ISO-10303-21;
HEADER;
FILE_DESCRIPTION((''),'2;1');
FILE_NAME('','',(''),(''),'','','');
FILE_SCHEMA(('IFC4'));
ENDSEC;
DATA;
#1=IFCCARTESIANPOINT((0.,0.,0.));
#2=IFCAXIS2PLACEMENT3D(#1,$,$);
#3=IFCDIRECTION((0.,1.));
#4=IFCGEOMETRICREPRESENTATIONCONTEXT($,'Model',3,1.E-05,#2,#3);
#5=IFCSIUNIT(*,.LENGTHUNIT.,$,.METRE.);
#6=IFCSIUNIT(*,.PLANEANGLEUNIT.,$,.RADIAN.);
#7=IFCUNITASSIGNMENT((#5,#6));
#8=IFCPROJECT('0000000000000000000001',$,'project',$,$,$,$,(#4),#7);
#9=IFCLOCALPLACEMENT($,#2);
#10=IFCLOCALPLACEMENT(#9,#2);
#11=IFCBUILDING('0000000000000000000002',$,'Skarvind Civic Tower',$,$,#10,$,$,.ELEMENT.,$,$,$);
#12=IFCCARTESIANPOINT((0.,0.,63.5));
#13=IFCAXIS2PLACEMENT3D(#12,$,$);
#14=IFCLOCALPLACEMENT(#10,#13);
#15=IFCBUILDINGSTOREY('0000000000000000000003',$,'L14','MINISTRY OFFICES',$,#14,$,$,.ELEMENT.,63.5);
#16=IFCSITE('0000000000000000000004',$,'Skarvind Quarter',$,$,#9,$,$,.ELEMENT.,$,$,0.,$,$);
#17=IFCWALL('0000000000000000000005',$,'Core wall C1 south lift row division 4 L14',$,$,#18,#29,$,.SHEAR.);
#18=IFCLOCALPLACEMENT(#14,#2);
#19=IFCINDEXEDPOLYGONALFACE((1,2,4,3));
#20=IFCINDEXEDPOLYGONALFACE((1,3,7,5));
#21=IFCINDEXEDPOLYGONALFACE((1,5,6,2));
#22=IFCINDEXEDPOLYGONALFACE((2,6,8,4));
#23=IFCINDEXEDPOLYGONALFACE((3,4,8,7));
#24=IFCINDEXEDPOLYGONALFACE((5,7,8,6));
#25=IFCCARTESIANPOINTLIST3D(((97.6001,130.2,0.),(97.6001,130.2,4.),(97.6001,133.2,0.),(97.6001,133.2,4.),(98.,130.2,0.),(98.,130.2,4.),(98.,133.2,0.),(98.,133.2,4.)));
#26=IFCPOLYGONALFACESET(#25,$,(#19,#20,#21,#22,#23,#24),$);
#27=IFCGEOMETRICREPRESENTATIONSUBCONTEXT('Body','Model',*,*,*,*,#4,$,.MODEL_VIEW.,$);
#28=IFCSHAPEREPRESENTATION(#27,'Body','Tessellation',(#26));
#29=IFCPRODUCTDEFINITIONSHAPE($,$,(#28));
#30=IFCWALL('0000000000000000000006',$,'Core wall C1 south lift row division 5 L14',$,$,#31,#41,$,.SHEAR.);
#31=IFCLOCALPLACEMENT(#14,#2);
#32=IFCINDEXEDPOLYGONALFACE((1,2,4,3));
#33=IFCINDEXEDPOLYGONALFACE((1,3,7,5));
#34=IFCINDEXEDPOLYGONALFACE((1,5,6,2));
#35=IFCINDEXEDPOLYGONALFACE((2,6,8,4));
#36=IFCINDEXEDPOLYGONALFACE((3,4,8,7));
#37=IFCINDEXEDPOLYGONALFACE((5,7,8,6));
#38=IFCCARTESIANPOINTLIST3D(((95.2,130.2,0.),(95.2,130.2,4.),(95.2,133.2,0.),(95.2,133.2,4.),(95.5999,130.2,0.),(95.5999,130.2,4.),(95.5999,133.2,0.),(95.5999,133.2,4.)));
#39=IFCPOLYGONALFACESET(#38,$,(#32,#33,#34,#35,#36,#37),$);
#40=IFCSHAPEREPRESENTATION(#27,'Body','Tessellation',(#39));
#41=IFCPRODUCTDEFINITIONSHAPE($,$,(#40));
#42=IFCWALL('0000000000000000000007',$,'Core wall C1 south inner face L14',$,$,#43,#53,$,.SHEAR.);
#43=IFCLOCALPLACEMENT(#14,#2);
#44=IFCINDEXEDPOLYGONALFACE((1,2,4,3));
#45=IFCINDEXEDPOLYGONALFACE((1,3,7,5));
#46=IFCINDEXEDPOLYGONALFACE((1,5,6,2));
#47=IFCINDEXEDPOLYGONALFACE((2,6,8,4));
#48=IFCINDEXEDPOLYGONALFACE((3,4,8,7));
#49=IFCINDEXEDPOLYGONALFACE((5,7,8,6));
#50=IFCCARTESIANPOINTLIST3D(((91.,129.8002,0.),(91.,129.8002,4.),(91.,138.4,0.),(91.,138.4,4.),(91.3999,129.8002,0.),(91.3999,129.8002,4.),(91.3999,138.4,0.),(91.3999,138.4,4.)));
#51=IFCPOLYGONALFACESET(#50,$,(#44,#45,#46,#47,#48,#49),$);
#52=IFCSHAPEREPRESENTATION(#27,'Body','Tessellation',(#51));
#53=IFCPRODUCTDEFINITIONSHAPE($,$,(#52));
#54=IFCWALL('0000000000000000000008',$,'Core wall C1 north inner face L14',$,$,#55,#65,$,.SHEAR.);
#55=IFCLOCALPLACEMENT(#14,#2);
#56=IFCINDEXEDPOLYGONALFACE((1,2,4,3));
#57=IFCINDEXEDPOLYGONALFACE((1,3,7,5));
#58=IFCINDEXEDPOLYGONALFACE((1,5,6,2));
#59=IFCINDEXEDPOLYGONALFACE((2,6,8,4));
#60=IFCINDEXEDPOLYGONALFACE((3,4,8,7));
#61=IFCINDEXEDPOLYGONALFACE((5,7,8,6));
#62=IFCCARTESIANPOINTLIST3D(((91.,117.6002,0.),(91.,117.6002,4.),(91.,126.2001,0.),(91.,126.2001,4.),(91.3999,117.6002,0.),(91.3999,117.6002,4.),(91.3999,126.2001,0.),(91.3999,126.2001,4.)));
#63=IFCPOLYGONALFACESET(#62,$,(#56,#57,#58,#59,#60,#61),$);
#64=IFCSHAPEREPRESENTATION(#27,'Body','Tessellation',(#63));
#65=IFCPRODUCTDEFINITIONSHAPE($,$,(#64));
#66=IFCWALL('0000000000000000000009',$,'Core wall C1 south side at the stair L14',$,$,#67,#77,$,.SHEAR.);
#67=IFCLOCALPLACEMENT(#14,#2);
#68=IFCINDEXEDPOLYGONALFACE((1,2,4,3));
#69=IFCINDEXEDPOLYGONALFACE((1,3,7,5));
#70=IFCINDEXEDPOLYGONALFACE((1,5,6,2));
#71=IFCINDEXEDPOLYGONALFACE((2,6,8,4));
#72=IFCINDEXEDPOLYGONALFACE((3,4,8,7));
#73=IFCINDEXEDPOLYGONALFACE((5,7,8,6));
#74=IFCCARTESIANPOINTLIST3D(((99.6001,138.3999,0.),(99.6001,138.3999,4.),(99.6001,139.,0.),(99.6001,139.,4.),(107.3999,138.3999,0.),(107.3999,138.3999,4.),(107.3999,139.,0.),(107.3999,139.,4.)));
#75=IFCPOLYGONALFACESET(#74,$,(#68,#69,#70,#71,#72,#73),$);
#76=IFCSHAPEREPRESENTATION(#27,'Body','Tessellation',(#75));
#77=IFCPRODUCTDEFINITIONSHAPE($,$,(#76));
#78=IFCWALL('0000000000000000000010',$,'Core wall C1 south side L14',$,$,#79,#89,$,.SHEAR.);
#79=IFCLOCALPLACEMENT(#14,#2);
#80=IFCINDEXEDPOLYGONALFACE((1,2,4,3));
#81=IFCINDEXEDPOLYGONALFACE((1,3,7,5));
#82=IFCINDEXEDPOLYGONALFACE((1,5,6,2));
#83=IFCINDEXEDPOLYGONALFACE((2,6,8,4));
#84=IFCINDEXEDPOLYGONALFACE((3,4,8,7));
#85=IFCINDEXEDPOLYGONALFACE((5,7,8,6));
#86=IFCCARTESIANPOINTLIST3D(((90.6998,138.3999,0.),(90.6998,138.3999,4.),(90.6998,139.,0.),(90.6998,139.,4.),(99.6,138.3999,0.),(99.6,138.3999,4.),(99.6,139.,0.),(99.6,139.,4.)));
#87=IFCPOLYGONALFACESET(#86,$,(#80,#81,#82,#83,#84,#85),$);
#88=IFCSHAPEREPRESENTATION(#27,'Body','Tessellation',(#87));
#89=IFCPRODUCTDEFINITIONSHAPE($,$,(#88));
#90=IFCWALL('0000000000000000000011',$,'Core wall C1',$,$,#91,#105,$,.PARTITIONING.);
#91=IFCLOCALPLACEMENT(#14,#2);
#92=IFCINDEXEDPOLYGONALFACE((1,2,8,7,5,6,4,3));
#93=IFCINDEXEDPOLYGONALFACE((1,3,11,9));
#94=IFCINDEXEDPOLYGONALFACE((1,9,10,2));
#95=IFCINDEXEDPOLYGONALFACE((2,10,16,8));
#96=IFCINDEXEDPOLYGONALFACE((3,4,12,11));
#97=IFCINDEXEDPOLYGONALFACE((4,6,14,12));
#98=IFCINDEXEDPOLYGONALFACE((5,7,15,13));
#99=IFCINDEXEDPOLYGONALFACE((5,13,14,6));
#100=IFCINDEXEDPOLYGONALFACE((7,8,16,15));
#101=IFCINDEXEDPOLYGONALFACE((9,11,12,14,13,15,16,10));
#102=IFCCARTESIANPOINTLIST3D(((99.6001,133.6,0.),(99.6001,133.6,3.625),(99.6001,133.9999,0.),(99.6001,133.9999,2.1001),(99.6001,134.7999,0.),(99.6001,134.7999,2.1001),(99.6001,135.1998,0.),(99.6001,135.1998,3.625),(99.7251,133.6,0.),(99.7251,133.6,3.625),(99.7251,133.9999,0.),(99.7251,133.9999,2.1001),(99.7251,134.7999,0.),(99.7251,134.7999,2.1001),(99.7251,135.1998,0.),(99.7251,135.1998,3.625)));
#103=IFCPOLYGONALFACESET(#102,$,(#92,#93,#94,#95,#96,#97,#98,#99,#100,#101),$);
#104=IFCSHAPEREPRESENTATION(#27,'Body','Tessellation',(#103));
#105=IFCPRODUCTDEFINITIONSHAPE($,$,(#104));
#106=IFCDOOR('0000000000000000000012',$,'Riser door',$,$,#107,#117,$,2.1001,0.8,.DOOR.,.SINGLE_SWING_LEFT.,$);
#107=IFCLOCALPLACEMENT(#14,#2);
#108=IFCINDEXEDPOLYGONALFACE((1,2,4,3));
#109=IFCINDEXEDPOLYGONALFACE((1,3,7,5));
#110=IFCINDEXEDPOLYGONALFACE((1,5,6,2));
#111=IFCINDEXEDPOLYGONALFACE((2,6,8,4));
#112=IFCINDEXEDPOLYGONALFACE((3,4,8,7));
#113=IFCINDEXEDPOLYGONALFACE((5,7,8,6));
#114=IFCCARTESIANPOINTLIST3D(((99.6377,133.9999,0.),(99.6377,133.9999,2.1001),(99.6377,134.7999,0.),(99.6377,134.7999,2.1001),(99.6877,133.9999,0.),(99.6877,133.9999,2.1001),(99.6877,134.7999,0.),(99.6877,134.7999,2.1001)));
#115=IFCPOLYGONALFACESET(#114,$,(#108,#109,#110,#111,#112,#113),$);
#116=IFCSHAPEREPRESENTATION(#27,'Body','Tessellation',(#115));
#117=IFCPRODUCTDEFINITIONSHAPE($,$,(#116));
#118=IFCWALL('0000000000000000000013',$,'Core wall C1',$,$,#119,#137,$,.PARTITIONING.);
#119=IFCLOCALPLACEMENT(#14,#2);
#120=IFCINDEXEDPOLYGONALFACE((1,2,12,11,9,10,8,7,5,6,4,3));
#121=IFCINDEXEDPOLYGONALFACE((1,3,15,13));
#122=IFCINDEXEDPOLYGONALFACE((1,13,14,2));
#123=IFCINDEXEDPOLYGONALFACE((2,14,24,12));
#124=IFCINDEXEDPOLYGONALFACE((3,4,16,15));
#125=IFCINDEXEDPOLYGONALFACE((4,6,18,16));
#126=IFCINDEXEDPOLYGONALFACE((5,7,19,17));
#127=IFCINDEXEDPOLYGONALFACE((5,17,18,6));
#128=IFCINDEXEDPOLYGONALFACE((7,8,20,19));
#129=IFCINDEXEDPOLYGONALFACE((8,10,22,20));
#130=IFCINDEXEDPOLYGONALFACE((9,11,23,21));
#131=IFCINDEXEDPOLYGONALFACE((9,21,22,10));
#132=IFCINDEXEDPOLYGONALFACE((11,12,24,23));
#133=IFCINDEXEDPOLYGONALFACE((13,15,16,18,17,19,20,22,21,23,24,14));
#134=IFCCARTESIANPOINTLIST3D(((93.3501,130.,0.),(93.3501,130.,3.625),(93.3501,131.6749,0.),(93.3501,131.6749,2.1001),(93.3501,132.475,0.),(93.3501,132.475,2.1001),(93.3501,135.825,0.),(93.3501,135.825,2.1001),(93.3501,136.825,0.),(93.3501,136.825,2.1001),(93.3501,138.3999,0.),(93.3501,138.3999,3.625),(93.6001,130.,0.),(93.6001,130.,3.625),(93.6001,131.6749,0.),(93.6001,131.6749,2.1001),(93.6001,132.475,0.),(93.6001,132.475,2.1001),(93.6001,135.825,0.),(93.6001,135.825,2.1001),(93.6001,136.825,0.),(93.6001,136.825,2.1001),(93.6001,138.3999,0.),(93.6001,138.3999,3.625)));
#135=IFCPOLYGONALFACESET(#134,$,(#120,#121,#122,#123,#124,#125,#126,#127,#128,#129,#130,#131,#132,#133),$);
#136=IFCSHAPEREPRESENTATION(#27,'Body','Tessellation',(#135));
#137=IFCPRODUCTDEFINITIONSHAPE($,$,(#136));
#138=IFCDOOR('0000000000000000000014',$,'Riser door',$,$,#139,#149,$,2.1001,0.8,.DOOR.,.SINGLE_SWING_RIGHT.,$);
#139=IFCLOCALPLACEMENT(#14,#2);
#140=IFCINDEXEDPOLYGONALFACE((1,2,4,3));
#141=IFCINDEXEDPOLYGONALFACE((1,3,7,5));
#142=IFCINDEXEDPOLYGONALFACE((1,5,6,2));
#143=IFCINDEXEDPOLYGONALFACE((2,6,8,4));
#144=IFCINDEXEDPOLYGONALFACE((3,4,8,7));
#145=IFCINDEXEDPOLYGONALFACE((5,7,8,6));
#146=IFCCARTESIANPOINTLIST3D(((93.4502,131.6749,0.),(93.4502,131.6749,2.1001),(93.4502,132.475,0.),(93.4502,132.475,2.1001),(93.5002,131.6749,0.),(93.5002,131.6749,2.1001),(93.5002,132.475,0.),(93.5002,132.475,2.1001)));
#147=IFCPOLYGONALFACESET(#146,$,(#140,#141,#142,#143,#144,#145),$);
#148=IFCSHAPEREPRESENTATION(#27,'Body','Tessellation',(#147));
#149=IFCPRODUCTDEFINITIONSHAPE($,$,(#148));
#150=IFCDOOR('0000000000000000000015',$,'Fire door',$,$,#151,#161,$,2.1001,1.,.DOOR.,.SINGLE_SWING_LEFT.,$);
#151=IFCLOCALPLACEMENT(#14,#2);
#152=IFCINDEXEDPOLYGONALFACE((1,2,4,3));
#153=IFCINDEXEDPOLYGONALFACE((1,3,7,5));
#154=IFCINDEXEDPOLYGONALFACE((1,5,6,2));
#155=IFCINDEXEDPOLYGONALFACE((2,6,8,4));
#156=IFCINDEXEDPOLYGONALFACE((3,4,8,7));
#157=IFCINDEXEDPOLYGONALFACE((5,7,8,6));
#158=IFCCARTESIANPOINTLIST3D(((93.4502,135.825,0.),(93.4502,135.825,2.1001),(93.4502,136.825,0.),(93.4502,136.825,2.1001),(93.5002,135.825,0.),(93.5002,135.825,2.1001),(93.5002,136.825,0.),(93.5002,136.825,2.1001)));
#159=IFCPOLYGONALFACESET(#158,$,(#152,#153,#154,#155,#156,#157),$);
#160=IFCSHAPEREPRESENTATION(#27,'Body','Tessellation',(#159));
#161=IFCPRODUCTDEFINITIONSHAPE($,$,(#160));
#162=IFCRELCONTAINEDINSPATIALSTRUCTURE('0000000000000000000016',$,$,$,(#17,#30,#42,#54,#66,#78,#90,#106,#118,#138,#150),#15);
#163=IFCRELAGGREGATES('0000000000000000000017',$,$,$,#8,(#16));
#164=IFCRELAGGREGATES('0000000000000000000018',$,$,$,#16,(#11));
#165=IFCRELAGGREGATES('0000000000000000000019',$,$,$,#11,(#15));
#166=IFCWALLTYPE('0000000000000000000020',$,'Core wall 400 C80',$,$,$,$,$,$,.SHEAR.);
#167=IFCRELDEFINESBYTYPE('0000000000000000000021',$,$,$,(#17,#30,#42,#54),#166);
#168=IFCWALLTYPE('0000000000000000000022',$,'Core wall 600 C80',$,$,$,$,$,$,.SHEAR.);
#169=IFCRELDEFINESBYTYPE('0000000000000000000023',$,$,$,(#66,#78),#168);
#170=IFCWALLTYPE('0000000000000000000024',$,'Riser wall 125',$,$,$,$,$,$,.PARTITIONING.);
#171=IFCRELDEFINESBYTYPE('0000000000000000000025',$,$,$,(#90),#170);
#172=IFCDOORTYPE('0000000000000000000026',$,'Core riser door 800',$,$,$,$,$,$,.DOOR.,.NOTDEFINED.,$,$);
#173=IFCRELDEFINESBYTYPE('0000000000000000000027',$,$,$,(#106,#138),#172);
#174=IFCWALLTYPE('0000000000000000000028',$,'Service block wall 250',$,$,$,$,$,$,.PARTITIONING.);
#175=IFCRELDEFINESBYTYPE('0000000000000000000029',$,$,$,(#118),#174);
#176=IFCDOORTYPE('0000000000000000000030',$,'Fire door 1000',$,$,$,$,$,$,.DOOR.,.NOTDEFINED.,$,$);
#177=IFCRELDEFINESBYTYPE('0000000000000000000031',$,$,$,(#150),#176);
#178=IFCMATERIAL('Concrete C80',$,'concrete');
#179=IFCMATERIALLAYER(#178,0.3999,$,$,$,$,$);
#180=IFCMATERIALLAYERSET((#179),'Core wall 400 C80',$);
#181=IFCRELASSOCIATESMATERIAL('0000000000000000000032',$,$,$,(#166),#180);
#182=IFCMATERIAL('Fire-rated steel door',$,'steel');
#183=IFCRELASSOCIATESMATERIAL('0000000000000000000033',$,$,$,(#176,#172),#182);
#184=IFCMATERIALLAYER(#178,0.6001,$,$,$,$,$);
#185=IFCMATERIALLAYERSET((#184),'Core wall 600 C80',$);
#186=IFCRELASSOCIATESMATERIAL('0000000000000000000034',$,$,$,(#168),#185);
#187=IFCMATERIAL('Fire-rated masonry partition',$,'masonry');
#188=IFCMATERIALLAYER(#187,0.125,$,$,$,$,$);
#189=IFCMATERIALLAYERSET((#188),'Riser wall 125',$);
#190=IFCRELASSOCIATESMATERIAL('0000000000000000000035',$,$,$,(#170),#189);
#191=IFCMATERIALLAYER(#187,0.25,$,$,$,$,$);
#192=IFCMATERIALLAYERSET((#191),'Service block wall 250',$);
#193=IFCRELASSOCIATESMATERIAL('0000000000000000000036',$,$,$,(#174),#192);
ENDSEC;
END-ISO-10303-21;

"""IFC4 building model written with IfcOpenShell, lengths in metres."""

from ifc_helpers import new_model, si_unit, direction, frame, frame_2d, origin, place, context, subcontext, project, spatial, rectangle, extrude, material, layer, layer_set, type_object, element, fill, save


model = new_model("IFC4")

# Units and contexts
model_context = context("Model", 3, precision=1e-05, world=origin(), true_north=direction((0.0, 1.0)))
body_context = subcontext(model_context, "Body", "Model", "MODEL_VIEW")
ifc_project = project(units=[si_unit("LENGTHUNIT", "METRE"), si_unit("PLANEANGLEUNIT", "RADIAN")], contexts=[model_context])

# Site, building, storey
site_placement = place(None, origin())
site = spatial("IfcSite", under=ifc_project, at=site_placement, Name="Skarvind Quarter", CompositionType="ELEMENT", RefElevation=0.0)
building_placement = place(site_placement, origin())
building = spatial("IfcBuilding", under=site, at=building_placement, Name="Skarvind Civic Tower", CompositionType="ELEMENT")
storey_placement = place(building_placement, frame((0.0, 0.0, 63.5)))
storey = spatial("IfcBuildingStorey", under=building, at=storey_placement, Name="L14", Description="MINISTRY OFFICES", CompositionType="ELEMENT", Elevation=63.5)

# Shared definitions
ifc_material_1 = material(Name="Concrete C80", Category="concrete")

# Shared definitions
ifc_material_2 = material(Name="Fire-rated masonry partition", Category="masonry")
ifc_material_3 = material(Name="Fire-rated steel door", Category="steel")

# Shared definitions
ifc_layer_1 = layer(ifc_material_1, 0.3999)
ifc_layer_set_1 = layer_set([ifc_layer_1], Name="Core wall 400 C80")
wall_type_1 = type_object("IfcWallType", Name="Core wall 400 C80", PredefinedType="SHEAR", material=ifc_layer_set_1)
door_type_1 = type_object("IfcDoorType", Name="Fire door 1000", OperationType="NOTDEFINED", PredefinedType="DOOR", material=ifc_material_3)

# Walls
for number, where, z_axis, x_axis, name in (
    (1, (97.8, 133.2, 0.0), (0.0, 0.0, 1.0), (0.0, -1.0, 0.0), "Core wall C1 south lift row division 4 L14"),
    (2, (95.3999, 133.2, 0.0), (0.0, 0.0, 1.0), (0.0, -1.0, 0.0), "Core wall C1 south lift row division 5 L14"),
):
    element("IfcWall", number, at=place(storey_placement, frame(where, z_axis=z_axis, x_axis=x_axis)), inside=storey, type_object=wall_type_1, Name=name, PredefinedType="SHEAR", context=body_context, shape_type="SweptSolid", body=[
        extrude(rectangle(XDim=3.0, YDim=0.3999, at=frame_2d((1.5, 0.0))), origin(), (0.0, 0.0, 1.0), 4.0),
    ])
for number, where, z_axis, x_axis, name in (
    (3, (91.2, 138.3999, 0.0), (0.0, 0.0, 1.0), (0.0, -1.0, 0.0), "Core wall C1 south inner face L14"),
    (4, (91.2, 126.2, 0.0), (0.0, 0.0, 1.0), (0.0, -1.0, 0.0), "Core wall C1 north inner face L14"),
):
    element("IfcWall", number, at=place(storey_placement, frame(where, z_axis=z_axis, x_axis=x_axis)), inside=storey, type_object=wall_type_1, Name=name, PredefinedType="SHEAR", context=body_context, shape_type="SweptSolid", body=[
        extrude(rectangle(XDim=8.5999, YDim=0.3999, at=frame_2d((4.2998, 0.0))), origin(), (0.0, 0.0, 1.0), 4.0),
    ])
ifc_layer_2 = layer(ifc_material_1, 0.6001)
ifc_layer_set_2 = layer_set([ifc_layer_2], Name="Core wall 600 C80")
wall_type_2 = type_object("IfcWallType", Name="Core wall 600 C80", PredefinedType="SHEAR", material=ifc_layer_set_2)
wall_1_placement = place(storey_placement, frame((107.3999, 138.7, 0.0), z_axis=(0.0, 0.0, 1.0), x_axis=(-1.0, 0.0, 0.0)))
element("IfcWall", 5, at=wall_1_placement, inside=storey, type_object=wall_type_2, Name="Core wall C1 south side at the stair L14", PredefinedType="SHEAR", context=body_context, shape_type="SweptSolid", body=[
    extrude(rectangle(XDim=7.7998, YDim=0.6001, at=frame_2d((3.8999, 0.0))), origin(), (0.0, 0.0, 1.0), 4.0),
])
wall_2_placement = place(storey_placement, frame((99.6001, 138.7, 0.0), z_axis=(0.0, 0.0, 1.0), x_axis=(-1.0, 0.0, 0.0)))
element("IfcWall", 6, at=wall_2_placement, inside=storey, type_object=wall_type_2, Name="Core wall C1 south side L14", PredefinedType="SHEAR", context=body_context, shape_type="SweptSolid", body=[
    extrude(rectangle(XDim=8.9001, YDim=0.6001, at=frame_2d((4.4502, 0.0))), origin(), (0.0, 0.0, 1.0), 4.0),
])

# Wall, opening, door
ifc_layer_3 = layer(ifc_material_2, 0.125)
ifc_layer_set_3 = layer_set([ifc_layer_3], Name="Riser wall 125")
wall_type_3 = type_object("IfcWallType", Name="Riser wall 125", PredefinedType="PARTITIONING", material=ifc_layer_set_3)
wall_3_placement = place(storey_placement, frame((99.6626, 133.6001, 0.0), z_axis=(0.0, 0.0, 1.0), x_axis=(0.0, 1.0, 0.0)))
wall_3 = element("IfcWall", 7, at=wall_3_placement, inside=storey, type_object=wall_type_3, Name="Core wall C1", PredefinedType="PARTITIONING", context=body_context, shape_type="SweptSolid", body=[
    extrude(rectangle(XDim=1.5999, YDim=0.125, at=frame_2d((0.7998, 0.0))), origin(), (0.0, 0.0, 1.0), 3.625),
])
opening_1_placement = place(wall_3_placement, frame((0.3999, 0.0, 0.0)))
opening_1 = element("IfcOpeningElement", 8, at=opening_1_placement, cuts=wall_3, PredefinedType="OPENING", context=body_context, shape_type="SweptSolid", body=[
    extrude(rectangle(XDim=0.8, YDim=2.1001, at=frame_2d((0.3999, 1.05))), frame((0.0, 0.0725, 0.0), z_axis=(0.0, -1.0, 0.0), x_axis=(1.0, 0.0, 0.0)), (0.0, 0.0, 1.0), 0.145),
])
door_type_2 = type_object("IfcDoorType", Name="Core riser door 800", OperationType="NOTDEFINED", PredefinedType="DOOR", material=ifc_material_3)
door_1_placement = place(opening_1_placement, origin())
door_1 = element("IfcDoor", 9, at=door_1_placement, inside=storey, type_object=door_type_2, Name="Riser door", OperationType="SINGLE_SWING_LEFT", OverallHeight=2.1001, OverallWidth=0.8, PredefinedType="DOOR", context=body_context, shape_type="SweptSolid", body=[
    extrude(rectangle(XDim=0.8, YDim=2.1001, at=frame_2d((0.3999, 1.05))), frame((0.0, 0.0249, 0.0), z_axis=(0.0, -1.0, 0.0), x_axis=(1.0, 0.0, 0.0)), (0.0, 0.0, 1.0), 0.05),
])
fill(opening_1, door_1)

# Wall, openings, doors
ifc_layer_4 = layer(ifc_material_2, 0.25)
ifc_layer_set_4 = layer_set([ifc_layer_4], Name="Service block wall 250")
wall_type_4 = type_object("IfcWallType", Name="Service block wall 250", PredefinedType="PARTITIONING", material=ifc_layer_set_4)
wall_4_placement = place(storey_placement, frame((93.4751, 130.0, 0.0), z_axis=(0.0, 0.0, 1.0), x_axis=(0.0, 1.0, 0.0)))
wall_4 = element("IfcWall", 10, at=wall_4_placement, inside=storey, type_object=wall_type_4, Name="Core wall C1", PredefinedType="PARTITIONING", context=body_context, shape_type="SweptSolid", body=[
    extrude(rectangle(XDim=8.3999, YDim=0.25, at=frame_2d((4.2, 0.0))), origin(), (0.0, 0.0, 1.0), 3.625),
])
opening_2_placement = place(wall_4_placement, frame((1.675, 0.0, 0.0)))
opening_2 = element("IfcOpeningElement", 11, at=opening_2_placement, cuts=wall_4, PredefinedType="OPENING", context=body_context, shape_type="SweptSolid", body=[
    extrude(rectangle(XDim=0.8, YDim=2.1001, at=frame_2d((0.3999, 1.05))), frame((0.0, 0.135, 0.0), z_axis=(0.0, -1.0, 0.0), x_axis=(1.0, 0.0, 0.0)), (0.0, 0.0, 1.0), 0.27),
])
opening_3_placement = place(wall_4_placement, frame((5.825, 0.0, 0.0)))
opening_3 = element("IfcOpeningElement", 12, at=opening_3_placement, cuts=wall_4, PredefinedType="OPENING", context=body_context, shape_type="SweptSolid", body=[
    extrude(rectangle(XDim=1.0, YDim=2.1001, at=frame_2d((0.5, 1.05))), frame((0.0, 0.135, 0.0), z_axis=(0.0, -1.0, 0.0), x_axis=(1.0, 0.0, 0.0)), (0.0, 0.0, 1.0), 0.27),
])
door_2_placement = place(opening_2_placement, origin())
door_2 = element("IfcDoor", 13, at=door_2_placement, inside=storey, type_object=door_type_2, Name="Riser door", OperationType="SINGLE_SWING_RIGHT", OverallHeight=2.1001, OverallWidth=0.8, PredefinedType="DOOR", context=body_context, shape_type="SweptSolid", body=[
    extrude(rectangle(XDim=0.8, YDim=2.1001, at=frame_2d((0.3999, 1.05))), frame((0.0, 0.0249, 0.0), z_axis=(0.0, -1.0, 0.0), x_axis=(1.0, 0.0, 0.0)), (0.0, 0.0, 1.0), 0.05),
])
fill(opening_2, door_2)
door_3_placement = place(opening_3_placement, origin())
door_3 = element("IfcDoor", 14, at=door_3_placement, inside=storey, type_object=door_type_1, Name="Fire door", OperationType="SINGLE_SWING_LEFT", OverallHeight=2.1001, OverallWidth=1.0, PredefinedType="DOOR", context=body_context, shape_type="SweptSolid", body=[
    extrude(rectangle(XDim=1.0, YDim=2.1001, at=frame_2d((0.5, 1.05))), frame((0.0, 0.0249, 0.0), z_axis=(0.0, -1.0, 0.0), x_axis=(1.0, 0.0, 0.0)), (0.0, 0.0, 1.0), 0.05),
])
fill(opening_3, door_3)

save(model, "model.ifc")
